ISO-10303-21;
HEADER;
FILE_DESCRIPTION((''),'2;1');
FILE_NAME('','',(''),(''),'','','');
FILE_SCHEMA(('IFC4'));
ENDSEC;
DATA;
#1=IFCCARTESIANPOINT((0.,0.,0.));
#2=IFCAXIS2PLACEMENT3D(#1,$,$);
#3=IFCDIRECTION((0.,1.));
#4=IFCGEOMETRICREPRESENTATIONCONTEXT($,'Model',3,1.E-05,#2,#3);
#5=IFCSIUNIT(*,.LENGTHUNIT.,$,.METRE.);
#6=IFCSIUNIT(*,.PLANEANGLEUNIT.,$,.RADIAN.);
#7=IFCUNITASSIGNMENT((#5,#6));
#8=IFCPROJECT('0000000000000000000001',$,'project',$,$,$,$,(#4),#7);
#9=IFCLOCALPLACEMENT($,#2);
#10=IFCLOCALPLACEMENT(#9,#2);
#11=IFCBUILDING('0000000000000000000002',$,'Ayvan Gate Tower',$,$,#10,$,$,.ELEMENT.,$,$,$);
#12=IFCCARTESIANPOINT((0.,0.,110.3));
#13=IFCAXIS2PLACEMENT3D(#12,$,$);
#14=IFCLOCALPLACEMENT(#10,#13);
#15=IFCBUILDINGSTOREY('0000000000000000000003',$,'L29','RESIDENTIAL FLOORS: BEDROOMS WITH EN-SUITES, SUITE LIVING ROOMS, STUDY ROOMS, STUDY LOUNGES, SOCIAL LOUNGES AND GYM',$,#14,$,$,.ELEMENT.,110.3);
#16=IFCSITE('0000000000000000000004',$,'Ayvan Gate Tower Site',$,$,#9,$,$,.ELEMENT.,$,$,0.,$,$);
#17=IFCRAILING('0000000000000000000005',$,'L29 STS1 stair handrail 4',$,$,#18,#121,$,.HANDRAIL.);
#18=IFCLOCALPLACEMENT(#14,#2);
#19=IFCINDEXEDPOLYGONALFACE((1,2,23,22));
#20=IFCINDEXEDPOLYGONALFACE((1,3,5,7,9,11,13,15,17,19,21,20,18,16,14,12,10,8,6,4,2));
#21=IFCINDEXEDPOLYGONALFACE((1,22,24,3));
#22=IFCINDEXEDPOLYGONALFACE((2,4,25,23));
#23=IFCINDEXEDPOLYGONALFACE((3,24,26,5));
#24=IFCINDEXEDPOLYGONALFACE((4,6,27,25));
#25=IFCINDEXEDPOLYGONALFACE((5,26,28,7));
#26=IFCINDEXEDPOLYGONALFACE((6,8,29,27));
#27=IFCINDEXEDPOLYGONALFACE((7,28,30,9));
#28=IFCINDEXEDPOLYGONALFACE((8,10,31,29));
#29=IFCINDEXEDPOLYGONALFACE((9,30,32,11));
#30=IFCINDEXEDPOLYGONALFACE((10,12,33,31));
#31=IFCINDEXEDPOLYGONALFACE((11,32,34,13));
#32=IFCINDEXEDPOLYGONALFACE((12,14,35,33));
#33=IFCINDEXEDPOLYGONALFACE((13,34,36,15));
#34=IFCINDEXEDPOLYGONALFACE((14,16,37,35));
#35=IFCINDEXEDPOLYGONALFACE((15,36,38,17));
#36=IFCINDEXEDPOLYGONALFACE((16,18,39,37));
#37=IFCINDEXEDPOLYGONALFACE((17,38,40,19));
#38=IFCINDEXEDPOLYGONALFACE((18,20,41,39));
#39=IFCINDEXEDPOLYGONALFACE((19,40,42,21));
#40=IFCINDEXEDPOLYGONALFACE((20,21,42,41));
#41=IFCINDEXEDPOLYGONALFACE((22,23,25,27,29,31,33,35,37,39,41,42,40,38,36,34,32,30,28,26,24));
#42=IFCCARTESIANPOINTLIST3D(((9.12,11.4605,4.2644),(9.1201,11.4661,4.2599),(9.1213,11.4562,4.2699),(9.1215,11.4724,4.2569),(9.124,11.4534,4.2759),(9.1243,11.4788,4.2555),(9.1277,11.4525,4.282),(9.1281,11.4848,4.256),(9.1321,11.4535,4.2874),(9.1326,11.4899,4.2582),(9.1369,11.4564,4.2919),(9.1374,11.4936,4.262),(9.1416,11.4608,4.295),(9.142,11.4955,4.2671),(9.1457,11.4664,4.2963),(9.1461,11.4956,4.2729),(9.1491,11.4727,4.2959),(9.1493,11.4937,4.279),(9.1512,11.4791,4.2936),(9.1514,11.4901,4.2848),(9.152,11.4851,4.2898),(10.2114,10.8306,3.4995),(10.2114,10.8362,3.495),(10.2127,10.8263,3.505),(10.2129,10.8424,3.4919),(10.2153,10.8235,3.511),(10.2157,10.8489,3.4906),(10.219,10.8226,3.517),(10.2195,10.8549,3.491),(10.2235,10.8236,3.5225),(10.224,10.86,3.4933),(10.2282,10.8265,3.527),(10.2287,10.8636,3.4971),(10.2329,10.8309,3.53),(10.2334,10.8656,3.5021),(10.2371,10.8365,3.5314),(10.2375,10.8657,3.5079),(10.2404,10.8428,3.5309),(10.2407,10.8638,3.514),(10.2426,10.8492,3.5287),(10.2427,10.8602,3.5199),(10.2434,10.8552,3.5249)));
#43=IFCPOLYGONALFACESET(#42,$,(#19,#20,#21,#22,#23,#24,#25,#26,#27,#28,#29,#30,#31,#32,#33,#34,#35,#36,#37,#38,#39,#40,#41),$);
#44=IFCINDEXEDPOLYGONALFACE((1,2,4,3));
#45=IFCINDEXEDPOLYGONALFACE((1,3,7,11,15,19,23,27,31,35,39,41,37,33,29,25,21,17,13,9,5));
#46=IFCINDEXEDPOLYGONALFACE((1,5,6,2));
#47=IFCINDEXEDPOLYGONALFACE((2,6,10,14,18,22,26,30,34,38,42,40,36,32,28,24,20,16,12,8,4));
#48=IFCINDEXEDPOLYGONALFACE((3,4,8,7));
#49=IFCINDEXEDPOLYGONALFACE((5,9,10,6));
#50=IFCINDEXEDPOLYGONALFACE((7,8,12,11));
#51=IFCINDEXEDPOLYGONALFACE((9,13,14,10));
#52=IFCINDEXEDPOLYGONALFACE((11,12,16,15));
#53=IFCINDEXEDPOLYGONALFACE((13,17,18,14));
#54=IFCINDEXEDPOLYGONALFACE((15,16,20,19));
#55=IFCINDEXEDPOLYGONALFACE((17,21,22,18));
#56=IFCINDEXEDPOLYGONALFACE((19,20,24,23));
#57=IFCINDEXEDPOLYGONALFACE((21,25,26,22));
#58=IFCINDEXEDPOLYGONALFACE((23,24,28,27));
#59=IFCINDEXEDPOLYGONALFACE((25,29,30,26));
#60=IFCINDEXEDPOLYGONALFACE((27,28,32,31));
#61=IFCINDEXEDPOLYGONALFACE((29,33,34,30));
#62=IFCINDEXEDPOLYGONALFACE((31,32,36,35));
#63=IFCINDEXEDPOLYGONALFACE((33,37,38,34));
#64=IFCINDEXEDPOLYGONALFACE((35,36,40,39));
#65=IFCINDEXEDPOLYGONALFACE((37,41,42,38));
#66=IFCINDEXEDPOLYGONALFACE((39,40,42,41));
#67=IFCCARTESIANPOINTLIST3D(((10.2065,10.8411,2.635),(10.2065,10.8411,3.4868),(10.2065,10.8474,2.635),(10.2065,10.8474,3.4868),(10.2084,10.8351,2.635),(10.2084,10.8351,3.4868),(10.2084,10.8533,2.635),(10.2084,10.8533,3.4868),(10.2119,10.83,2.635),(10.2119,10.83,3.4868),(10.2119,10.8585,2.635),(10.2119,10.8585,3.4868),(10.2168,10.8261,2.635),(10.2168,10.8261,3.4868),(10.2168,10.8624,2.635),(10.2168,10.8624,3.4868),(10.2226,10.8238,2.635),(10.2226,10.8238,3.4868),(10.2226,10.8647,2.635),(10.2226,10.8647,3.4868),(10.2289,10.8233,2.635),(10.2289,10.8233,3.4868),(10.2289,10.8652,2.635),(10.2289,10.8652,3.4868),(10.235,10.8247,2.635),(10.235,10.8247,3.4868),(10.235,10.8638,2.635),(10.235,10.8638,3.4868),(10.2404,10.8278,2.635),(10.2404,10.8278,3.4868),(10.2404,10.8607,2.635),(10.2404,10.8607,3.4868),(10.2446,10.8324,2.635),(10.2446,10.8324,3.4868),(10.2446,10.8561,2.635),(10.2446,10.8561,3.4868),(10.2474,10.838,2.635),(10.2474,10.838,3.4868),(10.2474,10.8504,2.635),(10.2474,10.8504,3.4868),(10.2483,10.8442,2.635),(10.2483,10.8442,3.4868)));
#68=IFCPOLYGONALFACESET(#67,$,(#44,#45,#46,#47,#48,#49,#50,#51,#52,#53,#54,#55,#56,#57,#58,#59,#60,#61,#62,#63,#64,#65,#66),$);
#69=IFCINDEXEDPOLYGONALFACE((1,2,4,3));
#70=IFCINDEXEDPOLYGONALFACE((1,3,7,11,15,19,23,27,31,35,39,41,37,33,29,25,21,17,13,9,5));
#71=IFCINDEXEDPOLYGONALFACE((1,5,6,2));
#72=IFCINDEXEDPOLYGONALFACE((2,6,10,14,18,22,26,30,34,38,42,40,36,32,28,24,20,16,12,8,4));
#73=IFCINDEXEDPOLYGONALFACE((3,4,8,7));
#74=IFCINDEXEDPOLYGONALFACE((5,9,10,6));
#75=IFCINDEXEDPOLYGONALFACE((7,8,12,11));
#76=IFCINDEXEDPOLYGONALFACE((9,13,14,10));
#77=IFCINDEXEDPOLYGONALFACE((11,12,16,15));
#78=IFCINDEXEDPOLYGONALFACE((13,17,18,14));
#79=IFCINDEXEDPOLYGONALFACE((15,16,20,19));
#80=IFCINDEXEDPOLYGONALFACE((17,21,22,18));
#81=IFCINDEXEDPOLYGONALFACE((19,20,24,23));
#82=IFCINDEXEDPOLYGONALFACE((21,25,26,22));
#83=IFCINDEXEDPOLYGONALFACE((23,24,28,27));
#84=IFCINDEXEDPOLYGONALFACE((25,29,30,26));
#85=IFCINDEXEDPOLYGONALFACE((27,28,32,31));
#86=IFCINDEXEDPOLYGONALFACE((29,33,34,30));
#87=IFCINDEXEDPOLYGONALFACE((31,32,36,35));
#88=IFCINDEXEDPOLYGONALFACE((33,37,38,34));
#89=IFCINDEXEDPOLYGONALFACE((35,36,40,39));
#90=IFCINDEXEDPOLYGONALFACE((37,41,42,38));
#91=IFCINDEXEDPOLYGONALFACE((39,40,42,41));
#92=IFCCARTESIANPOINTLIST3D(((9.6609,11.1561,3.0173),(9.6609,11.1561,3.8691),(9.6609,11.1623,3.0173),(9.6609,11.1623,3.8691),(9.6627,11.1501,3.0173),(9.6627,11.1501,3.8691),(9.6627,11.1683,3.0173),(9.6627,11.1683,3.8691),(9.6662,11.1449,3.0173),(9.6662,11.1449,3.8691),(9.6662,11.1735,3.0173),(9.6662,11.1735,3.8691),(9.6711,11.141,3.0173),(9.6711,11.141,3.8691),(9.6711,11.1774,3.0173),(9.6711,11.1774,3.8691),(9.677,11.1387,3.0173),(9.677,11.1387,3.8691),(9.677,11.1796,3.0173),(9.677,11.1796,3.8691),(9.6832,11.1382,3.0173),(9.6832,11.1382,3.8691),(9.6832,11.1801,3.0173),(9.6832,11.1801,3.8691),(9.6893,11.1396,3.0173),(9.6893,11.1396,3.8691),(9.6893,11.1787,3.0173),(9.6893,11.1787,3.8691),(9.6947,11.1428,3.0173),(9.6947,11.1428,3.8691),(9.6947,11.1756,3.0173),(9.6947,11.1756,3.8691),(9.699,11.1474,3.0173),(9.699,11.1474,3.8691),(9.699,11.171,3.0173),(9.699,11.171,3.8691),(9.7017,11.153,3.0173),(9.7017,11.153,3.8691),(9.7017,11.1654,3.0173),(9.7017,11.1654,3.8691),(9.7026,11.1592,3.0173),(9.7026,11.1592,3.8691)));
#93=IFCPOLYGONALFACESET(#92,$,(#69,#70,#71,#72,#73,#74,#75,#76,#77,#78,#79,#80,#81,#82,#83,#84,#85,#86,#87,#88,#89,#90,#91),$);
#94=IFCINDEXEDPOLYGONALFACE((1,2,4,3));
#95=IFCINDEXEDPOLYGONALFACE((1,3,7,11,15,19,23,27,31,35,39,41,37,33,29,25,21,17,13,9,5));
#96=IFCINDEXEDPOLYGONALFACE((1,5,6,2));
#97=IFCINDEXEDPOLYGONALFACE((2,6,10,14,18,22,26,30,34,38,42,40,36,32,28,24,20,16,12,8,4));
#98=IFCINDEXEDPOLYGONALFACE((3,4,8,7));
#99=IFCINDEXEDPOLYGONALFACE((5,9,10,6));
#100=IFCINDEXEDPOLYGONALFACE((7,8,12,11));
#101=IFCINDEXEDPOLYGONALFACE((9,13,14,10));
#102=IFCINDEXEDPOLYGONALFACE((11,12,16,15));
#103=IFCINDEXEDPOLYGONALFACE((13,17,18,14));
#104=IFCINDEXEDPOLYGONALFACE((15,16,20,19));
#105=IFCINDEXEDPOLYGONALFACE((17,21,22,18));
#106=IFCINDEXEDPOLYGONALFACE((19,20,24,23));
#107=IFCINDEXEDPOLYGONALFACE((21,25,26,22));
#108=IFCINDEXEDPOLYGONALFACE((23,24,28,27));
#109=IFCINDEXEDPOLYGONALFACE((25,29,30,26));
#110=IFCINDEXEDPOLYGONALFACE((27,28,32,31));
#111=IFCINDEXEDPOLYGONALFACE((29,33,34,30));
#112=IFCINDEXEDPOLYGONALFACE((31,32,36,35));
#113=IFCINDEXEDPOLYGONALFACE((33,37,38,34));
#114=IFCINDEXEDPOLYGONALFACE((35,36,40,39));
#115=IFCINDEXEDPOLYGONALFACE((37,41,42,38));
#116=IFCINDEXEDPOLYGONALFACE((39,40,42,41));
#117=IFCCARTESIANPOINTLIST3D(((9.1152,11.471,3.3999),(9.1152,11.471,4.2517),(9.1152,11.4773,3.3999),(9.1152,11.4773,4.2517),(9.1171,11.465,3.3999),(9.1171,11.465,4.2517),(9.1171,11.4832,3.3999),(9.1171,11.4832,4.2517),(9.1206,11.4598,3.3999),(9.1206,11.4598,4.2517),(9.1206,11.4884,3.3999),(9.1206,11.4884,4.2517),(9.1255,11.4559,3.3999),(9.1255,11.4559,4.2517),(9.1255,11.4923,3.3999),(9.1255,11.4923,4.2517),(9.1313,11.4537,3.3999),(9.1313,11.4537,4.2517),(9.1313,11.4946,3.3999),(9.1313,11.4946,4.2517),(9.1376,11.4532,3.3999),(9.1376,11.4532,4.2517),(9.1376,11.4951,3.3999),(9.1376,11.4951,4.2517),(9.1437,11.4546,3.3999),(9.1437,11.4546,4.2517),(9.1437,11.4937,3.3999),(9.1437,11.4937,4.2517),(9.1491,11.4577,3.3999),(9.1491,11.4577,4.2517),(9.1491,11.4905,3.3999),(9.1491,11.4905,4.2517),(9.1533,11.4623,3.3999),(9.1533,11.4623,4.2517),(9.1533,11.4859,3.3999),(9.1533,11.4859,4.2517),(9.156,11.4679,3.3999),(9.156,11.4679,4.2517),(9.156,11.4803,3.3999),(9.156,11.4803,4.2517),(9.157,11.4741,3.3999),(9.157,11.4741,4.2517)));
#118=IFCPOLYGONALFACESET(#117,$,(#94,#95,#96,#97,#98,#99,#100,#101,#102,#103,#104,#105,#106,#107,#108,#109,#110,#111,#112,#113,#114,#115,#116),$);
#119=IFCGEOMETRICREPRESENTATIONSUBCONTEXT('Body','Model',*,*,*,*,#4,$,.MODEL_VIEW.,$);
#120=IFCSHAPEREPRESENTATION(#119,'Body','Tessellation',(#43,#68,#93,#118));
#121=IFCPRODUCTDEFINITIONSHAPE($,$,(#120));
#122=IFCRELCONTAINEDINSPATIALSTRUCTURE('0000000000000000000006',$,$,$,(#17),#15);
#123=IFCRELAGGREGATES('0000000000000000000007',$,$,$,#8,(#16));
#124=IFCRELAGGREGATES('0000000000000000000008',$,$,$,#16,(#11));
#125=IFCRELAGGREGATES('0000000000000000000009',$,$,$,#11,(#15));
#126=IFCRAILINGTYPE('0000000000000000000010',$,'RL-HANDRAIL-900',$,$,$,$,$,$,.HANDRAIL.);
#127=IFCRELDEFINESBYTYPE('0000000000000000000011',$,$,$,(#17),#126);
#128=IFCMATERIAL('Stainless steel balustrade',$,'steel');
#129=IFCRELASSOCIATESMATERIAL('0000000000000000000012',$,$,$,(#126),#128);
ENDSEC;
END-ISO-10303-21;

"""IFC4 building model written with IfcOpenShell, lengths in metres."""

from ifc_helpers import new_model, si_unit, direction, frame, origin, origin_2d, place, context, subcontext, project, spatial, circle, extrude, material, type_object, element, save


model = new_model("IFC4")

# Units and contexts
model_context = context("Model", 3, precision=1e-05, world=origin(), true_north=direction((0.0, 1.0)))
body_context = subcontext(model_context, "Body", "Model", "MODEL_VIEW")
ifc_project = project(units=[si_unit("LENGTHUNIT", "METRE"), si_unit("PLANEANGLEUNIT", "RADIAN")], contexts=[model_context])

# Site, building, storey
site_placement = place(None, origin())
site = spatial("IfcSite", under=ifc_project, at=site_placement, Name="Ayvan Gate Tower Site", CompositionType="ELEMENT", RefElevation=0.0)
building_placement = place(site_placement, origin())
building = spatial("IfcBuilding", under=site, at=building_placement, Name="Ayvan Gate Tower", CompositionType="ELEMENT")
storey_placement = place(building_placement, frame((0.0, 0.0, 110.3)))
storey = spatial("IfcBuildingStorey", under=building, at=storey_placement, Name="L29", Description="RESIDENTIAL FLOORS: BEDROOMS WITH EN-SUITES, SUITE LIVING ROOMS, STUDY ROOMS, STUDY LOUNGES, SOCIAL LOUNGES AND GYM", CompositionType="ELEMENT", Elevation=110.3)

# Railing
ifc_material_1 = material(Name="Stainless steel balustrade", Category="steel")
railing_type_1 = type_object("IfcRailingType", Name="RL-HANDRAIL-900", PredefinedType="HANDRAIL", material=ifc_material_1)
railing_1_placement = place(storey_placement, frame((10.2273, 10.8442, 2.635)))
element("IfcRailing", 1, at=railing_1_placement, inside=storey, type_object=railing_type_1, Name="L29 STS1 stair handrail 4", PredefinedType="HANDRAIL", context=body_context, shape_type="SweptSolid", body=[
    extrude(circle(Radius=0.0239, at=origin_2d()), frame((0.0, 0.0, 0.876), z_axis=(-0.740357, 0.42732, 0.518912), x_axis=(-0.49989, -0.866089, 0.0)), (0.0, 0.0, 1.0), 1.4741),
    extrude(circle(Radius=0.021, at=origin_2d()), origin(), (0.0, 0.0, 1.0), 0.8518),
    extrude(circle(Radius=0.021, at=origin_2d()), frame((-0.5457, 0.3149, 0.3823)), (0.0, 0.0, 1.0), 0.8518),
    extrude(circle(Radius=0.021, at=origin_2d()), frame((-1.0913, 0.6299, 0.7649)), (0.0, 0.0, 1.0), 0.8518),
])

save(model, "model.ifc")
